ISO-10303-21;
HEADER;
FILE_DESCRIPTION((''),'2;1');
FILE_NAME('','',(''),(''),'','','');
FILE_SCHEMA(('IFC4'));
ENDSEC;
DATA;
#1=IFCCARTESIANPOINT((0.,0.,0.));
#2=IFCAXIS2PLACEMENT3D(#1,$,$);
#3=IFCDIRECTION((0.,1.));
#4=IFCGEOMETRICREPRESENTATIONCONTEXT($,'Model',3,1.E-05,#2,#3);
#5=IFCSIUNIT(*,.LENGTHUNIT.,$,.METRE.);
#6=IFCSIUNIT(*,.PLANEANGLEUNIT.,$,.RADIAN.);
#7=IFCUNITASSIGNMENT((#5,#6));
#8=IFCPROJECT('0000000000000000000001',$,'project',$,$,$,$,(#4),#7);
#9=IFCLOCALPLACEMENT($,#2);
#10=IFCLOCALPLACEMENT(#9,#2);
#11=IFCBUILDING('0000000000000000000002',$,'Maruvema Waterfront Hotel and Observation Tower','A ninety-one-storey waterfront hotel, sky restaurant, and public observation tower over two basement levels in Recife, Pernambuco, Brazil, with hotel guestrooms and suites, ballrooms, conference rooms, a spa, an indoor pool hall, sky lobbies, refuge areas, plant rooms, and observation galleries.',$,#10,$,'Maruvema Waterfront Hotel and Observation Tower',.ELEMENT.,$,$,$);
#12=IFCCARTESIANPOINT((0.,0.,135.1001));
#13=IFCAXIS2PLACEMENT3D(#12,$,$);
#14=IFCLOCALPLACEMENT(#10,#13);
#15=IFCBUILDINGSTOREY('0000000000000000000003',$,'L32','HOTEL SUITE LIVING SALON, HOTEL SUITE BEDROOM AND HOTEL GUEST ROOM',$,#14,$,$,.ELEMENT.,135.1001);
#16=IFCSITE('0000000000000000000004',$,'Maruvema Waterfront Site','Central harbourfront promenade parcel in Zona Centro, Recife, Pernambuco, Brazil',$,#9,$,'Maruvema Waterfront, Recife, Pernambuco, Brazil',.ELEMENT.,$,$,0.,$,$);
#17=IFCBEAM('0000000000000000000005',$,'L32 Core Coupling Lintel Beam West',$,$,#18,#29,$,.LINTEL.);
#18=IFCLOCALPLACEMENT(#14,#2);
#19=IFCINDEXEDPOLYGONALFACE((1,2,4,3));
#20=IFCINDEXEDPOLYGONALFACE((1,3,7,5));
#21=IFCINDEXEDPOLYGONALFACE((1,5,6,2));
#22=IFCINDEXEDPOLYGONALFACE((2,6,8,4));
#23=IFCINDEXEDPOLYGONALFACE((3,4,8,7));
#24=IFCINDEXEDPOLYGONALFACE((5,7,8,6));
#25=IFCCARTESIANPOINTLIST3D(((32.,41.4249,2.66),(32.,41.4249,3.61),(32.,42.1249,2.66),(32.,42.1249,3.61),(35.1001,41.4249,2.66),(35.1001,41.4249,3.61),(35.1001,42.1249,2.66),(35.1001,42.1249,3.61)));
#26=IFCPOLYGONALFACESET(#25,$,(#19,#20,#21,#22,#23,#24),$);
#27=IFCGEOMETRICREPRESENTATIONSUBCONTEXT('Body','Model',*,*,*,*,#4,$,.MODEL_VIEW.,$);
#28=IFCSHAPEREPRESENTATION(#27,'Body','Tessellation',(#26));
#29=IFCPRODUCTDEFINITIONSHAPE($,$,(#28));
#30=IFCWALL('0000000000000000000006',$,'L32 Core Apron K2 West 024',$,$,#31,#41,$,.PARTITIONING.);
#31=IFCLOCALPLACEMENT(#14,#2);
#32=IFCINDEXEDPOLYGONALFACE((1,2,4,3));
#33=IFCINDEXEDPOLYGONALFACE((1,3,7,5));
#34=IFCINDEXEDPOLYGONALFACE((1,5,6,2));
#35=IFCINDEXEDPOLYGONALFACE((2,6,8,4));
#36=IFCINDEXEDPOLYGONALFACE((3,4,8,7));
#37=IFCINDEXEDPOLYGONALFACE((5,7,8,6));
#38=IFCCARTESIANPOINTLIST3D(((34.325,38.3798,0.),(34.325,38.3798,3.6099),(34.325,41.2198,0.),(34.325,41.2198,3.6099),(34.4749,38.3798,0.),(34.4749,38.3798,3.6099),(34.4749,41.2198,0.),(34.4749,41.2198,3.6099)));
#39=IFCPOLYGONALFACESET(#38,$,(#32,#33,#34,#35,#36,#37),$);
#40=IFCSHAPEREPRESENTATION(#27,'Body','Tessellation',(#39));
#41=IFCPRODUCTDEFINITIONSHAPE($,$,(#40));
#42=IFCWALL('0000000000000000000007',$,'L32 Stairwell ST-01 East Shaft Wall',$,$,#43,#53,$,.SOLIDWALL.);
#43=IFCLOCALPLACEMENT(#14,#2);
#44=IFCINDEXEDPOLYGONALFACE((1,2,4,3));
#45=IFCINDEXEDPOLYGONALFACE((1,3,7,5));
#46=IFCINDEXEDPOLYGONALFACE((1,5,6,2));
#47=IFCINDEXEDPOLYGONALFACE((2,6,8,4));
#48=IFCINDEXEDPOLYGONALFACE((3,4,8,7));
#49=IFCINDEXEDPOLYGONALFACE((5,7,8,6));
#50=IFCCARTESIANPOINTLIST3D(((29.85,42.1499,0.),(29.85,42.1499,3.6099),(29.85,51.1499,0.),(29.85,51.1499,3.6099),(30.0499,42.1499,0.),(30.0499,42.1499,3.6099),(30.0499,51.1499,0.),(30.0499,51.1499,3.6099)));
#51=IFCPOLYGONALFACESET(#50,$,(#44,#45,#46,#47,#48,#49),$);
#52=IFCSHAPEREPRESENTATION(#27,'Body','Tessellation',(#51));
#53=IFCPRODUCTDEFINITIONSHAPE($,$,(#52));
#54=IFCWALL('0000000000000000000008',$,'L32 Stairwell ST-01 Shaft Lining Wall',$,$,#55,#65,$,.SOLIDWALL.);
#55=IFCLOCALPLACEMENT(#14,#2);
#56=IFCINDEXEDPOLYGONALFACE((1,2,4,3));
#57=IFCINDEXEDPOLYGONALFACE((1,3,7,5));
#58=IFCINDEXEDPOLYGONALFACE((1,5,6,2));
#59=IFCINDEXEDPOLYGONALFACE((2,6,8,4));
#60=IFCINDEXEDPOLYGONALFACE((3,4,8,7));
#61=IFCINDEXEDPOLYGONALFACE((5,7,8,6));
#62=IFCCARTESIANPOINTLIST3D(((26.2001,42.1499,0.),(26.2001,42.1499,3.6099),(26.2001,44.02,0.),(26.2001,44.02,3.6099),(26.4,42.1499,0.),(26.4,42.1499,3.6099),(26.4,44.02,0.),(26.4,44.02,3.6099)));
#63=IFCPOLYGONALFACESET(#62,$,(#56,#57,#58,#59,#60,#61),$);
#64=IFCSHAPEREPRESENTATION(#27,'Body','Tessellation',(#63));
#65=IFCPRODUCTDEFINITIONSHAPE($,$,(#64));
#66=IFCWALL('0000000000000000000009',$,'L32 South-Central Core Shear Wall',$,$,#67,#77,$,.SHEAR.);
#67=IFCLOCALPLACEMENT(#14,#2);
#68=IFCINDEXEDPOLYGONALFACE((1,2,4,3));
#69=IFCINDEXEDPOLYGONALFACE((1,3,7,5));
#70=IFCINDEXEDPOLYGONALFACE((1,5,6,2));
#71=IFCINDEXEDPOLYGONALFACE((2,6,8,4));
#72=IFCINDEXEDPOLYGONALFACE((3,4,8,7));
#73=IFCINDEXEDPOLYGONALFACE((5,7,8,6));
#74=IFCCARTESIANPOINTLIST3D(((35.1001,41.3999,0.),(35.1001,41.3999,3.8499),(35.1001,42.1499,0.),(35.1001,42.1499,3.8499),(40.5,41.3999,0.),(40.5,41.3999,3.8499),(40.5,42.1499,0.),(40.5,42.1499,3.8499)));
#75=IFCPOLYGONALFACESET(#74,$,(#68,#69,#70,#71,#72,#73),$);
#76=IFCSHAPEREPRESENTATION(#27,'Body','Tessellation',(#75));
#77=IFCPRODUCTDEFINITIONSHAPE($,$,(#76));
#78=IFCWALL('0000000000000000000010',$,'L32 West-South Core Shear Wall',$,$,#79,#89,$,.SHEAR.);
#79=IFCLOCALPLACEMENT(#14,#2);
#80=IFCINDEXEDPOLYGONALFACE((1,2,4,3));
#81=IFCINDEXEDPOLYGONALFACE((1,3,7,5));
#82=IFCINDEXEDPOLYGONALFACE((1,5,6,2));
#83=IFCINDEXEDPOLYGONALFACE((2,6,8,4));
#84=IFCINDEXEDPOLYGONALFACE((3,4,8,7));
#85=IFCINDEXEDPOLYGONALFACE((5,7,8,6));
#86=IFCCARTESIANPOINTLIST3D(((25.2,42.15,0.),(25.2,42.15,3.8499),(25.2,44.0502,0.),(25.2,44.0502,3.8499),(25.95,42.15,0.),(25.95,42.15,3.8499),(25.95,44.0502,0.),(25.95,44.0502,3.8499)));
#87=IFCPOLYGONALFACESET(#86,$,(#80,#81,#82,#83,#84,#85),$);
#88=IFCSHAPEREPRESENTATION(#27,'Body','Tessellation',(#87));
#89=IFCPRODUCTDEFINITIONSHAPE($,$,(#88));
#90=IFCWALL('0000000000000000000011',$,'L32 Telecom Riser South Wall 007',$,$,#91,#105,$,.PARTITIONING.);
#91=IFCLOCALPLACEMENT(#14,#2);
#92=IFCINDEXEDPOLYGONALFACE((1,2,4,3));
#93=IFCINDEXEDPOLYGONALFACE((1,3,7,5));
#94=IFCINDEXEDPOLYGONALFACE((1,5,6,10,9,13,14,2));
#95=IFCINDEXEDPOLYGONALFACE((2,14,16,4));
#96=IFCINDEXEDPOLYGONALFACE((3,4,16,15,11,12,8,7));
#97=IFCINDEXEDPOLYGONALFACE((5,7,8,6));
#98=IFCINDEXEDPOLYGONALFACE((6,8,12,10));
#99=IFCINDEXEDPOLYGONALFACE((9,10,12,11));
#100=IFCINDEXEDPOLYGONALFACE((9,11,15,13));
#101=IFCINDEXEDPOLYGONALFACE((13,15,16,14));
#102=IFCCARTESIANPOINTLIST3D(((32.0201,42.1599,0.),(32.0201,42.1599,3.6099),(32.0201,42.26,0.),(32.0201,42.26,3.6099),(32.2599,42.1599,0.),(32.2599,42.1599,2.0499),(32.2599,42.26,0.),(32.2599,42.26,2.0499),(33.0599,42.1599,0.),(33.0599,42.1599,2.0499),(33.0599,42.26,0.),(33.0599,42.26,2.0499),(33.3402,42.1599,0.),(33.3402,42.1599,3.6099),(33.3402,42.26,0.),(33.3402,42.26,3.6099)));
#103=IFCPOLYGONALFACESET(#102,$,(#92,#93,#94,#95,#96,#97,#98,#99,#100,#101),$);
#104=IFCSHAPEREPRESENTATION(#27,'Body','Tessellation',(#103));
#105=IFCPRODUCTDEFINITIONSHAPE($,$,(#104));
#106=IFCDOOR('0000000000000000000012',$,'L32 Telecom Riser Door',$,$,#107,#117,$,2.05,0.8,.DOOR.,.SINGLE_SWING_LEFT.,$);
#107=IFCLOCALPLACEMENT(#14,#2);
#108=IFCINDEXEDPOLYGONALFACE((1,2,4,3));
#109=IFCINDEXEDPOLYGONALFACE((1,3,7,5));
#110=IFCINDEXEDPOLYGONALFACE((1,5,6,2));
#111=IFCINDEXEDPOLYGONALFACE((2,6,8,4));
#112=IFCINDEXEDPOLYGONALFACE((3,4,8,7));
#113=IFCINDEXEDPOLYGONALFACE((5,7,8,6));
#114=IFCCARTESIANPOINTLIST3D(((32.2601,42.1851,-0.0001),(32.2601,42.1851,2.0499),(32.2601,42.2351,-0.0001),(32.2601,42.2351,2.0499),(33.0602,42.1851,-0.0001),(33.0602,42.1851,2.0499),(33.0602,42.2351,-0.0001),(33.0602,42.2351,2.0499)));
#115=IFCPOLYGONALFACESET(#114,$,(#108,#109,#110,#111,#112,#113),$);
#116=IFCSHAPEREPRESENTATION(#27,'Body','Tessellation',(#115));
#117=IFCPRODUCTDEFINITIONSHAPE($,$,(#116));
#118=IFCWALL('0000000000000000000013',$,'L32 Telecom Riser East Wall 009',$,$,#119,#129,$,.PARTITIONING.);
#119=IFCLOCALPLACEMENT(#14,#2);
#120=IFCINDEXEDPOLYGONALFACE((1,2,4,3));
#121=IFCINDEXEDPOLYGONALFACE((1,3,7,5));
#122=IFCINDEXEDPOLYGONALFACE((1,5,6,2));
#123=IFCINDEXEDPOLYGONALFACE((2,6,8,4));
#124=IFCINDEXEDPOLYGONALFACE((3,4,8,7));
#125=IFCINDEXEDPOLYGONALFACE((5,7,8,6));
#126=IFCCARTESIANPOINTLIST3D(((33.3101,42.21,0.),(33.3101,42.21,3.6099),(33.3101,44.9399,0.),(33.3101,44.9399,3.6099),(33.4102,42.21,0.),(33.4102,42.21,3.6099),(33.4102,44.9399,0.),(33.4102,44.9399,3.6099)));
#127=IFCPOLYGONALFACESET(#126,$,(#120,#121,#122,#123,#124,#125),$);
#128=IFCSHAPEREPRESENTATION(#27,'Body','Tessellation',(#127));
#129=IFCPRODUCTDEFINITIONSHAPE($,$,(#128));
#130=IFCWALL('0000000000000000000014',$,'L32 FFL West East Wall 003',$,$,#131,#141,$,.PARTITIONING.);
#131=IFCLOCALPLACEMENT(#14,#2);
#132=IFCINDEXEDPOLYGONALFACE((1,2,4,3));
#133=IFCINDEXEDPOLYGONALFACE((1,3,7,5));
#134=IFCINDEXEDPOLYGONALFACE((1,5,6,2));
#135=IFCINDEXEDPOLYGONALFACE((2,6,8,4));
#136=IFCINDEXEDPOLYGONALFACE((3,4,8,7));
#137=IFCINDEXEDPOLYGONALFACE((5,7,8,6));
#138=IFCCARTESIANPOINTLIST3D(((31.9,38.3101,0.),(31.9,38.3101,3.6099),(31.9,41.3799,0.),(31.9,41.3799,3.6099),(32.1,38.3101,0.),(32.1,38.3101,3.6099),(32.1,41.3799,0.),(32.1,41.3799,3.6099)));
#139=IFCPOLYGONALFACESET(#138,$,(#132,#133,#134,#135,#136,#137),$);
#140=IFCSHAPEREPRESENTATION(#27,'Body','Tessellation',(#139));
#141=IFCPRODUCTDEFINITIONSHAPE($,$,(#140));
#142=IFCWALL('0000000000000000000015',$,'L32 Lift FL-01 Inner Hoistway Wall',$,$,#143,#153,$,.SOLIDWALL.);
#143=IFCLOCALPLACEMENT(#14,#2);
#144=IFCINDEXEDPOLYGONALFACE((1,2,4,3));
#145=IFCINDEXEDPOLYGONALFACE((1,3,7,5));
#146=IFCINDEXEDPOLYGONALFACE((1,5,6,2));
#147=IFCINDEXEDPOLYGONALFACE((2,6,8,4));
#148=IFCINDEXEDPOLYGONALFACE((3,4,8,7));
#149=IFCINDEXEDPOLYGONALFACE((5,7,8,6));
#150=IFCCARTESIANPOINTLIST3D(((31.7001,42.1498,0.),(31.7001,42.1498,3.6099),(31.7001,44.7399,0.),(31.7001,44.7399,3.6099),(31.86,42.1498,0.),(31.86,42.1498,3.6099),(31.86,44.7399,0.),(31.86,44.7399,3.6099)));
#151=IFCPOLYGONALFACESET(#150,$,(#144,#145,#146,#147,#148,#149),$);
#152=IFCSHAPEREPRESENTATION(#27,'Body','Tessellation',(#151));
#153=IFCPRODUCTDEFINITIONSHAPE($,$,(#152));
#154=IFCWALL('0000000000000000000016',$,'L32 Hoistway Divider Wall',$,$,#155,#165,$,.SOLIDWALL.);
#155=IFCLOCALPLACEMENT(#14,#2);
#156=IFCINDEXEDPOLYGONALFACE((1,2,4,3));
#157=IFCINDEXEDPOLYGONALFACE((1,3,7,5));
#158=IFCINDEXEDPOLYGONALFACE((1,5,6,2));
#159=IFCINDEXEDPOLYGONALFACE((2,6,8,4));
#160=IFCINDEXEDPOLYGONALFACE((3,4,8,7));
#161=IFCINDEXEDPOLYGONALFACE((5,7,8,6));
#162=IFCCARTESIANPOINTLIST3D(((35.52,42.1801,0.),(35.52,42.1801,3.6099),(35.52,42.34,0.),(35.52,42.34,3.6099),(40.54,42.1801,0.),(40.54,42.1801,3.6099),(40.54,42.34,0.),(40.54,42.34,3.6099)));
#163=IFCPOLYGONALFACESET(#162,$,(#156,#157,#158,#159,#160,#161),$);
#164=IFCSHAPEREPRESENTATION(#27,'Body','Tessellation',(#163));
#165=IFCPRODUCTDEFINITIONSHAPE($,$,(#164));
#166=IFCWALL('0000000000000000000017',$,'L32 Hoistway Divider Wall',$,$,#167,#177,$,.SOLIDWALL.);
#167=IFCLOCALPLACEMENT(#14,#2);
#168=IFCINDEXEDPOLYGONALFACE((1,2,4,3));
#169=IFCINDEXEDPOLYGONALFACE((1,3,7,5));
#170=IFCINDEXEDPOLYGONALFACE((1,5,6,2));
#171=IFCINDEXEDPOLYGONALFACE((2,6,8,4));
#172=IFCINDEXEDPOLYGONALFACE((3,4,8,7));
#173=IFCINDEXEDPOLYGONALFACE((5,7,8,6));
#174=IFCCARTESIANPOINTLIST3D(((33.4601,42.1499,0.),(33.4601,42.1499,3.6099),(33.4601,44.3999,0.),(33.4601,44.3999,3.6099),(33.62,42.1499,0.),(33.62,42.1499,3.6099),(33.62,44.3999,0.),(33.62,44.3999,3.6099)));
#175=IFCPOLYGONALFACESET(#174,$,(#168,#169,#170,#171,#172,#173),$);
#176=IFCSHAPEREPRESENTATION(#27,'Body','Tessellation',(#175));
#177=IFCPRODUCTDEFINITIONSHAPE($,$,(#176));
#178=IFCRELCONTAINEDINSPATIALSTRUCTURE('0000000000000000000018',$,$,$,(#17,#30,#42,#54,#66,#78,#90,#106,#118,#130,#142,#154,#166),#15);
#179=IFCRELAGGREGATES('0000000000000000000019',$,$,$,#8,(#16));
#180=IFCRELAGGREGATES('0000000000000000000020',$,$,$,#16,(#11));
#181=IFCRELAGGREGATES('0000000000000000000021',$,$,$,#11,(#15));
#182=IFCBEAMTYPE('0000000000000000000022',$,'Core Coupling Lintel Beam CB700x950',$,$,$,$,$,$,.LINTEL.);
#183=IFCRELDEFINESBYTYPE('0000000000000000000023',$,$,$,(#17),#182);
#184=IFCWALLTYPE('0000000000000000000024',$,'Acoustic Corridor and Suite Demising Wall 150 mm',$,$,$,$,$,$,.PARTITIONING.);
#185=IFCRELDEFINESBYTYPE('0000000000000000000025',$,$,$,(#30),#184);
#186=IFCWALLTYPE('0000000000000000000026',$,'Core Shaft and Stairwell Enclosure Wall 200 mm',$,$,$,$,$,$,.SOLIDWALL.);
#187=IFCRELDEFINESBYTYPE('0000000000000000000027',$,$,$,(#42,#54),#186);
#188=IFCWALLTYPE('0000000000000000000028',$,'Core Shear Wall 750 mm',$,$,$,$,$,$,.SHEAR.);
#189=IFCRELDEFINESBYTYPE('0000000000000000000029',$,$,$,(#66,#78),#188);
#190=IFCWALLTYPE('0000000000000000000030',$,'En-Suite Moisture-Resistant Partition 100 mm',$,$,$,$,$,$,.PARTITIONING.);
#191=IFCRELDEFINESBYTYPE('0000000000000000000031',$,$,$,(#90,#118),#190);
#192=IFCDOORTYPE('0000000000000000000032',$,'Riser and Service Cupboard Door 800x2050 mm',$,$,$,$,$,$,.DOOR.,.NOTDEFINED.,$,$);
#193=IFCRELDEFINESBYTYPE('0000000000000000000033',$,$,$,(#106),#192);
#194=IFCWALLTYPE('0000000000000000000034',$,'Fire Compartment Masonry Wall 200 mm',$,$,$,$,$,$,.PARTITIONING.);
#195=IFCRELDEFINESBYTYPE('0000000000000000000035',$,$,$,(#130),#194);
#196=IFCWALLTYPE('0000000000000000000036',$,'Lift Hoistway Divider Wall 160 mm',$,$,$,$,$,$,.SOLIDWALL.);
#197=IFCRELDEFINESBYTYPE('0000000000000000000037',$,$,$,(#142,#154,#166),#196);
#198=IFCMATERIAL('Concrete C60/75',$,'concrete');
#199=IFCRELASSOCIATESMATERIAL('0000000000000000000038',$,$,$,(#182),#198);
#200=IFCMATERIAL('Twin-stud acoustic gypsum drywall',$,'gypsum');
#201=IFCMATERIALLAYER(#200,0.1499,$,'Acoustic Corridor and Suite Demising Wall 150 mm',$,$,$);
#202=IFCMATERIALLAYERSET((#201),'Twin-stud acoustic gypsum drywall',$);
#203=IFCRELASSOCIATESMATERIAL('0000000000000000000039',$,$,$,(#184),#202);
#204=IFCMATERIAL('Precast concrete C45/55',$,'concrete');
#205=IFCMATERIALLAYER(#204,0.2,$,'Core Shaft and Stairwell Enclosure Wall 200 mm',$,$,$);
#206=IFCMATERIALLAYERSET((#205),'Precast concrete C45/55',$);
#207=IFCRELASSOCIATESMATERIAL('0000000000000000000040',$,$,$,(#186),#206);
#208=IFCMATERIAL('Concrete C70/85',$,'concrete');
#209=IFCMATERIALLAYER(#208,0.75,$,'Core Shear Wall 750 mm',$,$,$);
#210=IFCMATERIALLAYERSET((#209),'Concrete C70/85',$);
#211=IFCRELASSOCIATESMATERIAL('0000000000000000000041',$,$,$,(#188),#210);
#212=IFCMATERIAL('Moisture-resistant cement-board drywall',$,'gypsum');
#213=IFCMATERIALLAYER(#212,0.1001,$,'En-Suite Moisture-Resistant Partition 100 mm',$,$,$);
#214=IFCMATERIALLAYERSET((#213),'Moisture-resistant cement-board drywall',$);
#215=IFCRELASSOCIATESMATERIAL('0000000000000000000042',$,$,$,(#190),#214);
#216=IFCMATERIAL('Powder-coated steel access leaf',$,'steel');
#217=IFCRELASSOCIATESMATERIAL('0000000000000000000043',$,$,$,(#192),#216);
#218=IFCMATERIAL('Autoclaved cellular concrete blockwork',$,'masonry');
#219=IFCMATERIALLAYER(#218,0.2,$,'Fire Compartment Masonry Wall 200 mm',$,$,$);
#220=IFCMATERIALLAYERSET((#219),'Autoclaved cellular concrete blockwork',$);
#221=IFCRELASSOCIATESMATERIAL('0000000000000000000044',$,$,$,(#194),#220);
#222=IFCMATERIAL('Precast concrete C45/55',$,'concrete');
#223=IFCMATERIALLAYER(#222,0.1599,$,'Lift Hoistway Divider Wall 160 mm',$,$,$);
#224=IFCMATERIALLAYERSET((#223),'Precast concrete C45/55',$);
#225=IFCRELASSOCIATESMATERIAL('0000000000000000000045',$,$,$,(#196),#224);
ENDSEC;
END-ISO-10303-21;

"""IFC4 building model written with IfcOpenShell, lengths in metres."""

from ifc_helpers import new_model, si_unit, direction, frame, frame_2d, origin, origin_2d, place, context, subcontext, project, spatial, rectangle, extrude, material, layer, layer_set, material_profile, profile_set, type_object, element, fill, save


model = new_model("IFC4")

# Units and contexts
model_context = context("Model", 3, precision=1e-05, world=origin(), true_north=direction((0.0, 1.0)))
body_context = subcontext(model_context, "Body", "Model", "MODEL_VIEW")
ifc_project = project(units=[si_unit("LENGTHUNIT", "METRE"), si_unit("PLANEANGLEUNIT", "RADIAN")], contexts=[model_context])

# Site, building, storey
site_placement = place(None, origin())
site = spatial("IfcSite", under=ifc_project, at=site_placement, Name="Maruvema Waterfront Site", Description="Central harbourfront promenade parcel in Zona Centro, Recife, Pernambuco, Brazil", LongName="Maruvema Waterfront, Recife, Pernambuco, Brazil", CompositionType="ELEMENT", RefElevation=0.0)
building_placement = place(site_placement, origin())
building = spatial("IfcBuilding", under=site, at=building_placement, Name="Maruvema Waterfront Hotel and Observation Tower", Description="A ninety-one-storey waterfront hotel, sky restaurant, and public observation tower over two basement levels in Recife, Pernambuco, Brazil, with hotel guestrooms and suites, ballrooms, conference rooms, a spa, an indoor pool hall, sky lobbies, refuge areas, plant rooms, and observation galleries.", LongName="Maruvema Waterfront Hotel and Observation Tower", CompositionType="ELEMENT")
storey_placement = place(building_placement, frame((0.0, 0.0, 135.1001)))
storey = spatial("IfcBuildingStorey", under=building, at=storey_placement, Name="L32", Description="HOTEL SUITE LIVING SALON, HOTEL SUITE BEDROOM AND HOTEL GUEST ROOM", CompositionType="ELEMENT", Elevation=135.1001)

# Beam
ifc_material_1 = material(Name="Concrete C60/75", Category="concrete")
ifc_material_profile = material_profile(ifc_material_1, rectangle(XDim=0.7, YDim=0.95, at=origin_2d()), Name="CB700x950")
ifc_profile_set = profile_set([ifc_material_profile], Name="Concrete C60/75")
beam_type = type_object("IfcBeamType", Name="Core Coupling Lintel Beam CB700x950", PredefinedType="LINTEL", material=ifc_profile_set)
beam_placement = place(storey_placement, frame((32.0, 41.7749, 3.135), z_axis=(1.0, 0.0, 0.0), x_axis=(0.0, 1.0, 0.0)))
element("IfcBeam", 1, at=beam_placement, inside=storey, type_object=beam_type, Name="L32 Core Coupling Lintel Beam West", PredefinedType="LINTEL", context=body_context, shape_type="SweptSolid", body=[
    extrude(rectangle(XDim=0.7, YDim=0.95, at=origin_2d()), origin(), (0.0, 0.0, 1.0), 3.1001),
])

# Walls
ifc_material_2 = material(Name="Twin-stud acoustic gypsum drywall", Category="gypsum")
ifc_layer_1 = layer(ifc_material_2, 0.1499, Name="Acoustic Corridor and Suite Demising Wall 150 mm")
ifc_layer_set_1 = layer_set([ifc_layer_1], Name="Twin-stud acoustic gypsum drywall")
wall_type_1 = type_object("IfcWallType", Name="Acoustic Corridor and Suite Demising Wall 150 mm", PredefinedType="PARTITIONING", material=ifc_layer_set_1)
wall_1_placement = place(storey_placement, frame((34.3999, 38.3799, 0.0), z_axis=(0.0, 0.0, 1.0), x_axis=(0.0, 1.0, 0.0)))
element("IfcWall", 2, at=wall_1_placement, inside=storey, type_object=wall_type_1, Name="L32 Core Apron K2 West 024", PredefinedType="PARTITIONING", context=body_context, shape_type="SweptSolid", body=[
    extrude(rectangle(XDim=2.8401, YDim=0.1499, at=frame_2d((1.4199, 0.0))), origin(), (0.0, 0.0, 1.0), 3.6099),
])
ifc_material_3 = material(Name="Precast concrete C45/55", Category="concrete")
ifc_layer_2 = layer(ifc_material_3, 0.2, Name="Core Shaft and Stairwell Enclosure Wall 200 mm")
ifc_layer_set_2 = layer_set([ifc_layer_2], Name="Precast concrete C45/55")
wall_type_2 = type_object("IfcWallType", Name="Core Shaft and Stairwell Enclosure Wall 200 mm", PredefinedType="SOLIDWALL", material=ifc_layer_set_2)
wall_2_placement = place(storey_placement, frame((29.95, 42.1499, 0.0), z_axis=(0.0, 0.0, 1.0), x_axis=(0.0, 1.0, 0.0)))
element("IfcWall", 3, at=wall_2_placement, inside=storey, type_object=wall_type_2, Name="L32 Stairwell ST-01 East Shaft Wall", PredefinedType="SOLIDWALL", context=body_context, shape_type="SweptSolid", body=[
    extrude(rectangle(XDim=9.0, YDim=0.2, at=frame_2d((4.5, 0.0))), origin(), (0.0, 0.0, 1.0), 3.6099),
])
wall_3_placement = place(storey_placement, frame((26.3, 42.1499, 0.0), z_axis=(0.0, 0.0, 1.0), x_axis=(0.0, 1.0, 0.0)))
element("IfcWall", 4, at=wall_3_placement, inside=storey, type_object=wall_type_2, Name="L32 Stairwell ST-01 Shaft Lining Wall", PredefinedType="SOLIDWALL", context=body_context, shape_type="SweptSolid", body=[
    extrude(rectangle(XDim=1.8701, YDim=0.2, at=frame_2d((0.9351, 0.0))), origin(), (0.0, 0.0, 1.0), 3.6099),
])

# Shared definitions
ifc_material_4 = material(Name="Concrete C70/85", Category="concrete")
ifc_layer_3 = layer(ifc_material_4, 0.75, Name="Core Shear Wall 750 mm")
ifc_layer_set_3 = layer_set([ifc_layer_3], Name="Concrete C70/85")
wall_type_3 = type_object("IfcWallType", Name="Core Shear Wall 750 mm", PredefinedType="SHEAR", material=ifc_layer_set_3)

# Walls
wall_4_placement = place(storey_placement, frame((35.1001, 41.7749, 0.0), z_axis=(0.0, 0.0, 1.0), x_axis=(1.0, 0.0, 0.0)))
element("IfcWall", 5, at=wall_4_placement, inside=storey, type_object=wall_type_3, Name="L32 South-Central Core Shear Wall", PredefinedType="SHEAR", context=body_context, shape_type="SweptSolid", body=[
    extrude(rectangle(XDim=5.3999, YDim=0.75, at=frame_2d((2.7, 0.0))), origin(), (0.0, 0.0, 1.0), 3.8499),
])
wall_5_placement = place(storey_placement, frame((25.575, 42.1499, 0.0), z_axis=(0.0, 0.0, 1.0), x_axis=(0.0, 1.0, 0.0)))
element("IfcWall", 6, at=wall_5_placement, inside=storey, type_object=wall_type_3, Name="L32 West-South Core Shear Wall", PredefinedType="SHEAR", context=body_context, shape_type="SweptSolid", body=[
    extrude(rectangle(XDim=1.9001, YDim=0.75, at=frame_2d((0.9502, 0.0))), origin(), (0.0, 0.0, 1.0), 3.8499),
])

# Wall, opening, door
ifc_material_5 = material(Name="Moisture-resistant cement-board drywall", Category="gypsum")
ifc_layer_4 = layer(ifc_material_5, 0.1001, Name="En-Suite Moisture-Resistant Partition 100 mm")
ifc_layer_set_4 = layer_set([ifc_layer_4], Name="Moisture-resistant cement-board drywall")
wall_type_4 = type_object("IfcWallType", Name="En-Suite Moisture-Resistant Partition 100 mm", PredefinedType="PARTITIONING", material=ifc_layer_set_4)
wall_6_placement = place(storey_placement, frame((32.02, 42.21, 0.0), z_axis=(0.0, 0.0, 1.0), x_axis=(1.0, 0.0, 0.0)))
wall_6 = element("IfcWall", 7, at=wall_6_placement, inside=storey, type_object=wall_type_4, Name="L32 Telecom Riser South Wall 007", PredefinedType="PARTITIONING", context=body_context, shape_type="SweptSolid", body=[
    extrude(rectangle(XDim=1.3201, YDim=0.1001, at=frame_2d((0.6602, 0.0))), origin(), (0.0, 0.0, 1.0), 3.6099),
])
opening_1_placement = place(wall_6_placement, frame((0.24, 0.0, 0.0)))
opening_1 = element("IfcOpeningElement", 8, at=opening_1_placement, cuts=wall_6, PredefinedType="OPENING", context=body_context, shape_type="SweptSolid", body=[
    extrude(rectangle(XDim=0.8, YDim=2.05, at=frame_2d((0.3999, 1.0249))), frame((0.0, 0.0601, 0.0), z_axis=(0.0, -1.0, 0.0), x_axis=(1.0, 0.0, 0.0)), (0.0, 0.0, 1.0), 0.1201),
])
ifc_material_6 = material(Name="Powder-coated steel access leaf", Category="steel")
door_type_1 = type_object("IfcDoorType", Name="Riser and Service Cupboard Door 800x2050 mm", OperationType="NOTDEFINED", PredefinedType="DOOR", material=ifc_material_6)
door_1_placement = place(opening_1_placement, frame((0.8, 0.0, 0.0), z_axis=(0.0, 0.0, 1.0), x_axis=(-1.0, 0.0, 0.0)))
door_1 = element("IfcDoor", 9, at=door_1_placement, inside=storey, type_object=door_type_1, Name="L32 Telecom Riser Door", OperationType="SINGLE_SWING_LEFT", OverallHeight=2.05, OverallWidth=0.8, PredefinedType="DOOR", context=body_context, shape_type="SweptSolid", body=[
    extrude(rectangle(XDim=0.8, YDim=2.05, at=frame_2d((0.3999, 1.0249))), frame((0.0, 0.0249, 0.0), z_axis=(0.0, -1.0, 0.0), x_axis=(1.0, 0.0, 0.0)), (0.0, 0.0, 1.0), 0.05),
])
fill(opening_1, door_1)

# Walls
wall_7_placement = place(storey_placement, frame((33.3601, 42.21, 0.0), z_axis=(0.0, 0.0, 1.0), x_axis=(0.0, 1.0, 0.0)))
element("IfcWall", 10, at=wall_7_placement, inside=storey, type_object=wall_type_4, Name="L32 Telecom Riser East Wall 009", PredefinedType="PARTITIONING", context=body_context, shape_type="SweptSolid", body=[
    extrude(rectangle(XDim=2.73, YDim=0.1001, at=frame_2d((1.365, 0.0))), origin(), (0.0, 0.0, 1.0), 3.6099),
])
ifc_material_7 = material(Name="Autoclaved cellular concrete blockwork", Category="masonry")
ifc_layer_5 = layer(ifc_material_7, 0.2, Name="Fire Compartment Masonry Wall 200 mm")
ifc_layer_set_5 = layer_set([ifc_layer_5], Name="Autoclaved cellular concrete blockwork")
wall_type_5 = type_object("IfcWallType", Name="Fire Compartment Masonry Wall 200 mm", PredefinedType="PARTITIONING", material=ifc_layer_set_5)
wall_8_placement = place(storey_placement, frame((32.0, 38.3101, 0.0), z_axis=(0.0, 0.0, 1.0), x_axis=(0.0, 1.0, 0.0)))
element("IfcWall", 11, at=wall_8_placement, inside=storey, type_object=wall_type_5, Name="L32 FFL West East Wall 003", PredefinedType="PARTITIONING", context=body_context, shape_type="SweptSolid", body=[
    extrude(rectangle(XDim=3.0698, YDim=0.2, at=frame_2d((1.5349, 0.0))), origin(), (0.0, 0.0, 1.0), 3.6099),
])
ifc_material_8 = material(Name="Precast concrete C45/55", Category="concrete")
ifc_layer_6 = layer(ifc_material_8, 0.1599, Name="Lift Hoistway Divider Wall 160 mm")
ifc_layer_set_6 = layer_set([ifc_layer_6], Name="Precast concrete C45/55")
wall_type_6 = type_object("IfcWallType", Name="Lift Hoistway Divider Wall 160 mm", PredefinedType="SOLIDWALL", material=ifc_layer_set_6)
wall_9_placement = place(storey_placement, frame((31.78, 42.1499, 0.0), z_axis=(0.0, 0.0, 1.0), x_axis=(0.0, 1.0, 0.0)))
element("IfcWall", 12, at=wall_9_placement, inside=storey, type_object=wall_type_6, Name="L32 Lift FL-01 Inner Hoistway Wall", PredefinedType="SOLIDWALL", context=body_context, shape_type="SweptSolid", body=[
    extrude(rectangle(XDim=2.5901, YDim=0.1599, at=frame_2d((1.2949, 0.0))), origin(), (0.0, 0.0, 1.0), 3.6099),
])
wall_10_placement = place(storey_placement, frame((35.52, 42.26, 0.0), z_axis=(0.0, 0.0, 1.0), x_axis=(1.0, 0.0, 0.0)))
element("IfcWall", 13, at=wall_10_placement, inside=storey, type_object=wall_type_6, Name="L32 Hoistway Divider Wall", PredefinedType="SOLIDWALL", context=body_context, shape_type="SweptSolid", body=[
    extrude(rectangle(XDim=5.02, YDim=0.1599, at=frame_2d((2.51, 0.0))), origin(), (0.0, 0.0, 1.0), 3.6099),
])
for number, where, z_axis, x_axis, name in (
    (14, (33.54, 42.1499, 0.0), (0.0, 0.0, 1.0), (0.0, 1.0, 0.0), "L32 Hoistway Divider Wall"),
):
    element("IfcWall", number, at=place(storey_placement, frame(where, z_axis=z_axis, x_axis=x_axis)), inside=storey, type_object=wall_type_6, Name=name, PredefinedType="SOLIDWALL", context=body_context, shape_type="SweptSolid", body=[
        extrude(rectangle(XDim=2.25, YDim=0.1599, at=frame_2d((1.125, 0.0))), origin(), (0.0, 0.0, 1.0), 3.6099),
    ])

save(model, "model.ifc")
